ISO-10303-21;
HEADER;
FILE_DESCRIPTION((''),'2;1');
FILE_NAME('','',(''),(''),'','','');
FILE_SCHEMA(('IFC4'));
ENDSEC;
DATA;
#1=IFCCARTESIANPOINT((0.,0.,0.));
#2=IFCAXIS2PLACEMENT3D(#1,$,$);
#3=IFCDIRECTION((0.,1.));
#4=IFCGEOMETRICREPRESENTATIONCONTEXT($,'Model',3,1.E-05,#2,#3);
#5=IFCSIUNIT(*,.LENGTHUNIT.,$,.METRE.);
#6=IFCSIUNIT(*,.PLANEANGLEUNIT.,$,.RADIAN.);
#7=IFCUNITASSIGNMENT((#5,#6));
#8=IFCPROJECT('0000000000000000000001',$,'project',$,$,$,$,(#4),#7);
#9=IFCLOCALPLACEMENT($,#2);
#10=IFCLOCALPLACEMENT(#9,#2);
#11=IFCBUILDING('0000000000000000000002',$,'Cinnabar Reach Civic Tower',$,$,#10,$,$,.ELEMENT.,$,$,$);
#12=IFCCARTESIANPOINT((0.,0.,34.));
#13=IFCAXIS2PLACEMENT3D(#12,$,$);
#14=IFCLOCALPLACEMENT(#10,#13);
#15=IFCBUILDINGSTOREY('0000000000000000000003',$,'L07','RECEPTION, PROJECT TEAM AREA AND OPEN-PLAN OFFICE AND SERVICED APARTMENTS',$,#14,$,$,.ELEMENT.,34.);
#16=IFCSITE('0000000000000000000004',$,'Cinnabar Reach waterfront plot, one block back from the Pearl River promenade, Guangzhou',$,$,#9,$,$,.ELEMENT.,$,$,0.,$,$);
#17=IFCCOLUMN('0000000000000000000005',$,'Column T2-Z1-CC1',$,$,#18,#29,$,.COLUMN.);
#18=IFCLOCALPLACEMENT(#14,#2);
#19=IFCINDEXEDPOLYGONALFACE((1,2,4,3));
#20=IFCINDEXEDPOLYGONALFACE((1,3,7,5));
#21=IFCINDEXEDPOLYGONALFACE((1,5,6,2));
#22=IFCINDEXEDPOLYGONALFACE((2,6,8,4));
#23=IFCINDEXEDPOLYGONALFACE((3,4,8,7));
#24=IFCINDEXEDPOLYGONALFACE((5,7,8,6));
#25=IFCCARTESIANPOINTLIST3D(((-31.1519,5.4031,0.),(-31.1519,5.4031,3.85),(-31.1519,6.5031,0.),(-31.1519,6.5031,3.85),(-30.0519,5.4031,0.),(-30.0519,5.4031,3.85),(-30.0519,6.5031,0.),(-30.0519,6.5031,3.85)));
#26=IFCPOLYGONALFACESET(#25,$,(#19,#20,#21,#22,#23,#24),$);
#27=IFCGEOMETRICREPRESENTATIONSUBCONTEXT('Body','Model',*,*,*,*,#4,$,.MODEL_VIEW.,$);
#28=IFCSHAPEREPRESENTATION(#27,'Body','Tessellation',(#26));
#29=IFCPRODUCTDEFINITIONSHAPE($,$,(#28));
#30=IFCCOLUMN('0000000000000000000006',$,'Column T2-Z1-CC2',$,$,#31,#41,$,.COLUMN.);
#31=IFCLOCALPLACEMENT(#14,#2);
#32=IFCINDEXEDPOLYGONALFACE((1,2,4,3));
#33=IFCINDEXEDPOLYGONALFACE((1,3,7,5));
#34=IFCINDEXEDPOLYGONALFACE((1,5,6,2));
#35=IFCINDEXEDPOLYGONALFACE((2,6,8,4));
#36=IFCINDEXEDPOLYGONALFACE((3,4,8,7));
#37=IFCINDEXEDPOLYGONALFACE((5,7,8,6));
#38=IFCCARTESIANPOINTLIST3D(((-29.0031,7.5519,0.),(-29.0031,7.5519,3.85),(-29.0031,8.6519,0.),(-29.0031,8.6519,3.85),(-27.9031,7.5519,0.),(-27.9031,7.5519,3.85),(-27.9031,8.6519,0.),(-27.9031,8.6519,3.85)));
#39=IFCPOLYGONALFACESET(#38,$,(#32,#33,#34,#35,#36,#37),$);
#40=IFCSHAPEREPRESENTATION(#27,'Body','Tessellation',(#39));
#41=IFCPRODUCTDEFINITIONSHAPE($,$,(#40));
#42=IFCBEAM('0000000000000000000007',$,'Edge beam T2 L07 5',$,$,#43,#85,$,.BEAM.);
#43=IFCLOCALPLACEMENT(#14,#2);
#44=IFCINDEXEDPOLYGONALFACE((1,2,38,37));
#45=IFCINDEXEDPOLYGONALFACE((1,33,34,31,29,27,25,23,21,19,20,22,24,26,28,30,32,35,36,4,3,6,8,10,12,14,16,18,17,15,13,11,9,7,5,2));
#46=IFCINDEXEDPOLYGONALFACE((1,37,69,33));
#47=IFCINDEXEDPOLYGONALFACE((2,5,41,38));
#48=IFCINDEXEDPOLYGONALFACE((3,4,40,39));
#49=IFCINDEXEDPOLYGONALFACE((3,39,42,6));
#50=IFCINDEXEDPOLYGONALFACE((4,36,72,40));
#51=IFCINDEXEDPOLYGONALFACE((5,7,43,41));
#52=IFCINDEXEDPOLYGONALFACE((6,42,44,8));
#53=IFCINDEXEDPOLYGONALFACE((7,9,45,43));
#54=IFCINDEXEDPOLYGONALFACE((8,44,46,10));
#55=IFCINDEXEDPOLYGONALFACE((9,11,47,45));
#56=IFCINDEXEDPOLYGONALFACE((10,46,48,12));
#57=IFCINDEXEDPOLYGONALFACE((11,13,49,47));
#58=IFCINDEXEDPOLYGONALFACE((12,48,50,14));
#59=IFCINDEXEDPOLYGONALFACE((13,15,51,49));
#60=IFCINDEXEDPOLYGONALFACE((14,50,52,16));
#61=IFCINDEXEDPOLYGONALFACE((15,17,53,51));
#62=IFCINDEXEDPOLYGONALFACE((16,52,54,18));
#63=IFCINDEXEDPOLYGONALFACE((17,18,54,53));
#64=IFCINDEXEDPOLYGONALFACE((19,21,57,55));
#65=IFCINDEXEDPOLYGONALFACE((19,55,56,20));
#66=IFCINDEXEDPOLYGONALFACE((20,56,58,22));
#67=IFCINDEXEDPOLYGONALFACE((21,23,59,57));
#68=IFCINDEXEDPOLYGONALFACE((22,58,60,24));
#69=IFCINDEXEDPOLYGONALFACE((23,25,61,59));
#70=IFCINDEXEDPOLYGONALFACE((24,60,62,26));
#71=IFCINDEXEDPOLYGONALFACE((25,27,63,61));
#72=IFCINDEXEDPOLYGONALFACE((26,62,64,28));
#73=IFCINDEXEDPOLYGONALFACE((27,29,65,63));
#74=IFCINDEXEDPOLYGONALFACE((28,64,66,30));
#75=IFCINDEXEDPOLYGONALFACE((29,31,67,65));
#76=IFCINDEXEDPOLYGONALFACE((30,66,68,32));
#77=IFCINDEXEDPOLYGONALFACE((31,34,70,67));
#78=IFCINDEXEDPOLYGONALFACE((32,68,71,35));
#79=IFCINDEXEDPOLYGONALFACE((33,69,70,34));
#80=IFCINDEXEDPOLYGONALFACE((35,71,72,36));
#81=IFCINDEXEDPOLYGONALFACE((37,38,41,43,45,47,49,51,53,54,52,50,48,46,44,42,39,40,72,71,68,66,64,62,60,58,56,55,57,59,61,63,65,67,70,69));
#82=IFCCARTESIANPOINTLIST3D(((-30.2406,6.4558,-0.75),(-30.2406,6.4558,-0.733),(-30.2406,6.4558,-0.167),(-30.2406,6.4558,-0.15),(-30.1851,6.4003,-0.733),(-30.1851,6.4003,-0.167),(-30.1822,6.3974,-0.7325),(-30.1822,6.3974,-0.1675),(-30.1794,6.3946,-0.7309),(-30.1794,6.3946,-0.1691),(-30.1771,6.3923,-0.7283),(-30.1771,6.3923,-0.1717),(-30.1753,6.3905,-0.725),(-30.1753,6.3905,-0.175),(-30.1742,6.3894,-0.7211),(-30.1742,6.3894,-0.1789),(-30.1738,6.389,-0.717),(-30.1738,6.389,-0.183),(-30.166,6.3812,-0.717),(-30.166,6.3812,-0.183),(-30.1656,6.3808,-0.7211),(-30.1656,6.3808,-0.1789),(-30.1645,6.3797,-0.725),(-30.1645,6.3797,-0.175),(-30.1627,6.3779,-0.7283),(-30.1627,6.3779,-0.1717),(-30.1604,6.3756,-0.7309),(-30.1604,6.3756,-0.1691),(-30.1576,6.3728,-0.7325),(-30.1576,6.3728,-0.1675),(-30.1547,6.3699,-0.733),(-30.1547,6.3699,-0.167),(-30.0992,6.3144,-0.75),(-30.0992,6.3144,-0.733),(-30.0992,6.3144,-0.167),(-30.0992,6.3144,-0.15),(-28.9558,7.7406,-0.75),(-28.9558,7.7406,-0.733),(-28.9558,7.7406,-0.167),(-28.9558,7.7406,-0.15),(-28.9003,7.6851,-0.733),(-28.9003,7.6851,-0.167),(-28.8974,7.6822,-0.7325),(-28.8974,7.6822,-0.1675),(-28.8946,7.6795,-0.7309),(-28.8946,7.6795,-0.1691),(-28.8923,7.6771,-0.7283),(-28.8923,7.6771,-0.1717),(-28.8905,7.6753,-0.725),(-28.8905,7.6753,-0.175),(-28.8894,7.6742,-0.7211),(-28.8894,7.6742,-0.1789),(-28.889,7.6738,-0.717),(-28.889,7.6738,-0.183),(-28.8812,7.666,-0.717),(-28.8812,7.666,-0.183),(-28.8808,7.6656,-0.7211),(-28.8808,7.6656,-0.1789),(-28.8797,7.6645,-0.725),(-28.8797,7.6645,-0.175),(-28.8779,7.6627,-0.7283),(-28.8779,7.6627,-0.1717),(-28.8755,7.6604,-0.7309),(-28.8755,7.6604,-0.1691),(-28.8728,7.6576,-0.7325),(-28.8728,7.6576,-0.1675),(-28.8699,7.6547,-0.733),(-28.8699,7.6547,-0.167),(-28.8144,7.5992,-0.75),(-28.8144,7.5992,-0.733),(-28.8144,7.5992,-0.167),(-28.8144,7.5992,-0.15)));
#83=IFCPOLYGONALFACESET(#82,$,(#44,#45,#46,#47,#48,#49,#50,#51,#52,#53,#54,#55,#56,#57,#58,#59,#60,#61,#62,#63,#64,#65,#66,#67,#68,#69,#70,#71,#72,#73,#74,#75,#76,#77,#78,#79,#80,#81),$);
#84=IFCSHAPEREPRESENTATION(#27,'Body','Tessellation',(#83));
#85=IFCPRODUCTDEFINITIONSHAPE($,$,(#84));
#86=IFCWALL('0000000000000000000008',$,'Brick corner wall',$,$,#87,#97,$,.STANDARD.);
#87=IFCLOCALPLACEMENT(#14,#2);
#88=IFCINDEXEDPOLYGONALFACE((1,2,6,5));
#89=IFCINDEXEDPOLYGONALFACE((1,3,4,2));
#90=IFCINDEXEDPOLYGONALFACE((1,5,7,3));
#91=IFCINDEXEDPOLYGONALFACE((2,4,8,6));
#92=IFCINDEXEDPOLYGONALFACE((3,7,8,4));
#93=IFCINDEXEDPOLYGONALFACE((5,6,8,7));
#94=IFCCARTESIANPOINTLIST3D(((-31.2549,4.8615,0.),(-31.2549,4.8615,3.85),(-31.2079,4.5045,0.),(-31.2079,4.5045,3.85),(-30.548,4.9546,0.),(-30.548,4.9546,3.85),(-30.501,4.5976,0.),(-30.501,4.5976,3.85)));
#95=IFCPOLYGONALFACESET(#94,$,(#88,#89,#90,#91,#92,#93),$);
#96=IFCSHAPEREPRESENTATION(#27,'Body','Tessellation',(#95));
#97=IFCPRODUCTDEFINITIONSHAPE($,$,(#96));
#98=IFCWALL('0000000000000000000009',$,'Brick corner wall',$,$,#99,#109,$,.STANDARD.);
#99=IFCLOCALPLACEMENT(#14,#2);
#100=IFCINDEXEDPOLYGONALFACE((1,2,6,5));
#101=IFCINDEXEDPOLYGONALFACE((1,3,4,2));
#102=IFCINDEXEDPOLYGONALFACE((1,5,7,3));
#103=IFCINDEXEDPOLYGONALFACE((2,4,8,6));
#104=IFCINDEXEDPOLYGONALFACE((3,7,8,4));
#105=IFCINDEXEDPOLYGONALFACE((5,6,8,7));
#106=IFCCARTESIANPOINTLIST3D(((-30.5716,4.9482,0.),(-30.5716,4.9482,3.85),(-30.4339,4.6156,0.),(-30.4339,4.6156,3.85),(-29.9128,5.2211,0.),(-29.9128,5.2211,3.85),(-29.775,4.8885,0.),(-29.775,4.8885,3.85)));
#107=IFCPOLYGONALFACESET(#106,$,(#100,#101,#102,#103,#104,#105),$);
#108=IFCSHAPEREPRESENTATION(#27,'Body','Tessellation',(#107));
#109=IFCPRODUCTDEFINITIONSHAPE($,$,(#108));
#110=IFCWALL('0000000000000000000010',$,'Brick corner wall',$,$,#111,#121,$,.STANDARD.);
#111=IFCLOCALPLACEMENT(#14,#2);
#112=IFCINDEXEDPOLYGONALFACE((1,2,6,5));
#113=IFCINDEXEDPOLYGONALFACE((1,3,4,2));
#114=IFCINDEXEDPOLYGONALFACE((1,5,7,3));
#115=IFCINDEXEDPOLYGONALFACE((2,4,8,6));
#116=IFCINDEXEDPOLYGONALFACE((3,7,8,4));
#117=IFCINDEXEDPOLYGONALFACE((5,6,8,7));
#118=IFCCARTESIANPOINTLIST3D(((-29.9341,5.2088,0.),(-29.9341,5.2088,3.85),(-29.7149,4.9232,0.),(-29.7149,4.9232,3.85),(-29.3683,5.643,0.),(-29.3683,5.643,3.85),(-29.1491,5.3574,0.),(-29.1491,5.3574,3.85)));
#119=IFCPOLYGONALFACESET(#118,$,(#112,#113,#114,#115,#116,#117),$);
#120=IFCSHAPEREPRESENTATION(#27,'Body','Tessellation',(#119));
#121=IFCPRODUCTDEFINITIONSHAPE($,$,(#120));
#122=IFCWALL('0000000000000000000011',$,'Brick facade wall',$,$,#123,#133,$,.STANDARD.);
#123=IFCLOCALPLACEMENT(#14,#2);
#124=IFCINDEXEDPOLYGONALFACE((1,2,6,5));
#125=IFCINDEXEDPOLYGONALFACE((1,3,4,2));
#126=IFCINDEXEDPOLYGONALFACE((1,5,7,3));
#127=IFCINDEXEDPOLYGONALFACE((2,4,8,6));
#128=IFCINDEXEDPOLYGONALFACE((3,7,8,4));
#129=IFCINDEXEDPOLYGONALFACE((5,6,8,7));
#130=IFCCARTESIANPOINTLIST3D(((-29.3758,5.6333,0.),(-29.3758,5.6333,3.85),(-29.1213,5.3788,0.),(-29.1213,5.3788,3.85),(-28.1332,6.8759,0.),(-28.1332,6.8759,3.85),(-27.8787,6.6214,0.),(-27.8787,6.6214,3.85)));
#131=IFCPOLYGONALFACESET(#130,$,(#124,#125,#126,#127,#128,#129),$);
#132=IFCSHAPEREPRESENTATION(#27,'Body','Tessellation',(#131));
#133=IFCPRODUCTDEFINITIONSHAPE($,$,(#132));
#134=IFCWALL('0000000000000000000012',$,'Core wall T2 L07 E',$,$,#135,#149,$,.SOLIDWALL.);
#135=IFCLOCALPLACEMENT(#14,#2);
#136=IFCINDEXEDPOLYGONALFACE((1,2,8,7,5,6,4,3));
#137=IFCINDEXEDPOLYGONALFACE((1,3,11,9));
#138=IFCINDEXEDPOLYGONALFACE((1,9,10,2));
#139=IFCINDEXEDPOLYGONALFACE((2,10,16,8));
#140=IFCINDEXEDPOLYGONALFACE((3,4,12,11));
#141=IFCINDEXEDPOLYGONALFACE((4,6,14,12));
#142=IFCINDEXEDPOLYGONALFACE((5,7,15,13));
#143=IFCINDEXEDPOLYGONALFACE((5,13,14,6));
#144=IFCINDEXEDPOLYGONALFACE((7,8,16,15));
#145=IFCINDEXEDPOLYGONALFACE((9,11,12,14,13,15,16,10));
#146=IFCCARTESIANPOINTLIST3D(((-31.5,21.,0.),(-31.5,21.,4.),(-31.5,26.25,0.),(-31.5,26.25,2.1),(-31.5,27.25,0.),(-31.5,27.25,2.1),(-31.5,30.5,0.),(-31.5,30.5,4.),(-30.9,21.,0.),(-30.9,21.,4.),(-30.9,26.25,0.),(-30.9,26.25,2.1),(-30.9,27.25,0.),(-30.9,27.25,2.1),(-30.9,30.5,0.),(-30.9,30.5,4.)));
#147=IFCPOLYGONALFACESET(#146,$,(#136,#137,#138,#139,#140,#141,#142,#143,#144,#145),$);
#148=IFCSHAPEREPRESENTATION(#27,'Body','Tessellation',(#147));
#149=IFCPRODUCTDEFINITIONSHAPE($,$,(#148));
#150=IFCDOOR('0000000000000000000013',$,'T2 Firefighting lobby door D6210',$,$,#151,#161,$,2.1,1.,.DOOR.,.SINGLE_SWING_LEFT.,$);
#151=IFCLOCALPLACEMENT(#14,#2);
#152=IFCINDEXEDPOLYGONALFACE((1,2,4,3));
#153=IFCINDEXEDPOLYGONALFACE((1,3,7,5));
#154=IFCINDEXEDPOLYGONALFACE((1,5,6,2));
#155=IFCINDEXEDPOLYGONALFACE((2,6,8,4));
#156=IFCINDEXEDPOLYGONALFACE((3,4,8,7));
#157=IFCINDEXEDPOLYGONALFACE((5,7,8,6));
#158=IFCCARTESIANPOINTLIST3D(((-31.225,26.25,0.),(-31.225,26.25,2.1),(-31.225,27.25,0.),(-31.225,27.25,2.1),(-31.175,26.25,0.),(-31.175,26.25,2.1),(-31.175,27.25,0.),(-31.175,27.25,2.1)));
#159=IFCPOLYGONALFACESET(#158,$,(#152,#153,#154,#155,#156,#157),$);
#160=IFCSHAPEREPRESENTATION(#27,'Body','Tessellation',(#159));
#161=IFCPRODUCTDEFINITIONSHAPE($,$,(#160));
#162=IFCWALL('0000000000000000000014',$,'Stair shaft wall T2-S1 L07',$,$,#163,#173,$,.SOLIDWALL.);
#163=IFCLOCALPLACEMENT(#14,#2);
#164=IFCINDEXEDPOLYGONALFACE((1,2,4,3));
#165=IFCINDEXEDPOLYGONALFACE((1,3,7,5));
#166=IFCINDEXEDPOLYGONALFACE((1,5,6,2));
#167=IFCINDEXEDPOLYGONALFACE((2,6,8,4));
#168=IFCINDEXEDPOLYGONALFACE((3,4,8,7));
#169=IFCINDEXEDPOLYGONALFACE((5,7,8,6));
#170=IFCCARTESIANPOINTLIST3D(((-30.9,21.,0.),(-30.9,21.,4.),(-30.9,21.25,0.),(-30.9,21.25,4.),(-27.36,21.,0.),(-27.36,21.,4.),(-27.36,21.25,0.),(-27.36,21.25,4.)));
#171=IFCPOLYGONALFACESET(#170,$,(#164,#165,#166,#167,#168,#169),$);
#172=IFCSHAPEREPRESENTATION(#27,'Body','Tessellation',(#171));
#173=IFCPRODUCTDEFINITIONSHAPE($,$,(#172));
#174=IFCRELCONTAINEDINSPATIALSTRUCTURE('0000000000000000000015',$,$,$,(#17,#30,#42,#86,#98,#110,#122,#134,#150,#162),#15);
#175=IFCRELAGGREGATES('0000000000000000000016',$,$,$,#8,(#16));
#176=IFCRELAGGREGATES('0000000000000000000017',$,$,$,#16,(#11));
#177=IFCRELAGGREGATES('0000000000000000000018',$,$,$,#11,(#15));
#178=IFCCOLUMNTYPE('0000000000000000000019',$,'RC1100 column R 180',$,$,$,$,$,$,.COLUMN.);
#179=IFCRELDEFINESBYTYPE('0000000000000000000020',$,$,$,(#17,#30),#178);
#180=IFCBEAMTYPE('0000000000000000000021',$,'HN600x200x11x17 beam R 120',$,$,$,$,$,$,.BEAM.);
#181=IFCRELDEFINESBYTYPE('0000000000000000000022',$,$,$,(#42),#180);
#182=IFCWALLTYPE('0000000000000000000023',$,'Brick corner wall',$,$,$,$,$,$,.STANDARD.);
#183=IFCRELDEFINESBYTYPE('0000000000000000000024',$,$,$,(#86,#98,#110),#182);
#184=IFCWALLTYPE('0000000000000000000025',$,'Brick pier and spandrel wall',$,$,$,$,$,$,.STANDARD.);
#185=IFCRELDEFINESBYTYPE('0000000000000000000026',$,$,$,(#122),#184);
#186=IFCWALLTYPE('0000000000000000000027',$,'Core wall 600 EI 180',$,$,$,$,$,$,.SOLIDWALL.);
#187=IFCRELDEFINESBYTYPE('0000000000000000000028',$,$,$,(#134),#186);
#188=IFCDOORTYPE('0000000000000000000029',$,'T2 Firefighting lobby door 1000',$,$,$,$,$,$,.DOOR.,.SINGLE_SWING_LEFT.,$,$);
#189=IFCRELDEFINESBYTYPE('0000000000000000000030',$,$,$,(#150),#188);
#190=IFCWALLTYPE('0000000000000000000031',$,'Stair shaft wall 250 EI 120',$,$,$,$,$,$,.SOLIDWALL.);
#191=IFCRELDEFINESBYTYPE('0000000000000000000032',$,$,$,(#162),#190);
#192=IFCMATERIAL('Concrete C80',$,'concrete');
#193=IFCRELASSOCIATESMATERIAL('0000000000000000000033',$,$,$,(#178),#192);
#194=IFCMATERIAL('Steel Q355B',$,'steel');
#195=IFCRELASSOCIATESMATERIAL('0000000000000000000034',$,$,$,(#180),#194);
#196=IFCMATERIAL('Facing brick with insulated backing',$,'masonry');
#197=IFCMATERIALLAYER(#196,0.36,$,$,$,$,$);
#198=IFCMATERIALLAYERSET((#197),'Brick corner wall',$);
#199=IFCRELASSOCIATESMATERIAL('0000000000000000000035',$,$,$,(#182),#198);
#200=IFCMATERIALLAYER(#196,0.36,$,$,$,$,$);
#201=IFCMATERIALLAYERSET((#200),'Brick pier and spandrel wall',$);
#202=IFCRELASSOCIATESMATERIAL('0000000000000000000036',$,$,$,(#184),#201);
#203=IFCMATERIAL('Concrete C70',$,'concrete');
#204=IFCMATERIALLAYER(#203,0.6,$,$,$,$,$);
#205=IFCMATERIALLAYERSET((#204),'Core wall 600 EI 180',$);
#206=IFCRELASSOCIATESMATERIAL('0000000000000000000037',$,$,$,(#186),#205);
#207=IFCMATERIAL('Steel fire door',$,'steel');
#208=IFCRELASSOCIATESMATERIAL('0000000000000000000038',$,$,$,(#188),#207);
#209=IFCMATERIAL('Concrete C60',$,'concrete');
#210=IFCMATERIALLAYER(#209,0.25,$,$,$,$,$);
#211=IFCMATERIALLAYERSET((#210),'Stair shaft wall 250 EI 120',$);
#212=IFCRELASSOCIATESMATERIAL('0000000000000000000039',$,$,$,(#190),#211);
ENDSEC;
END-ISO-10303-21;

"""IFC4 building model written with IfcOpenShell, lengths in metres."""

from ifc_helpers import new_model, si_unit, direction, frame, frame_2d, origin, origin_2d, place, context, subcontext, project, spatial, rectangle, i_section, extrude, material, layer, layer_set, material_profile, profile_set, type_object, element, fill, save


model = new_model("IFC4")

# Units and contexts
model_context = context("Model", 3, precision=1e-05, world=origin(), true_north=direction((0.0, 1.0)))
body_context = subcontext(model_context, "Body", "Model", "MODEL_VIEW")
ifc_project = project(units=[si_unit("LENGTHUNIT", "METRE"), si_unit("PLANEANGLEUNIT", "RADIAN")], contexts=[model_context])

# Site, building, storey
site_placement = place(None, origin())
site = spatial("IfcSite", under=ifc_project, at=site_placement, Name="Cinnabar Reach waterfront plot, one block back from the Pearl River promenade, Guangzhou", CompositionType="ELEMENT", RefElevation=0.0)
building_placement = place(site_placement, origin())
building = spatial("IfcBuilding", under=site, at=building_placement, Name="Cinnabar Reach Civic Tower", CompositionType="ELEMENT")
storey_placement = place(building_placement, frame((0.0, 0.0, 34.0)))
storey = spatial("IfcBuildingStorey", under=building, at=storey_placement, Name="L07", Description="RECEPTION, PROJECT TEAM AREA AND OPEN-PLAN OFFICE AND SERVICED APARTMENTS", CompositionType="ELEMENT", Elevation=34.0)

# Columns
ifc_material_1 = material(Name="Concrete C80", Category="concrete")
ifc_material_profile_1 = material_profile(ifc_material_1, rectangle(XDim=1.1, YDim=1.1, at=origin_2d()), Name="RC1100")
ifc_profile_set_1 = profile_set([ifc_material_profile_1], Name="Concrete C80")
column_type = type_object("IfcColumnType", Name="RC1100 column R 180", PredefinedType="COLUMN", material=ifc_profile_set_1)
for number, where, z_axis, x_axis, name in (
    (1, (-30.6019, 5.9531, 0.0), (0.0, 0.0, 1.0), (1.0, 0.0, 0.0), "Column T2-Z1-CC1"),
    (2, (-28.4531, 8.1019, 0.0), (0.0, 0.0, 1.0), (1.0, 0.0, 0.0), "Column T2-Z1-CC2"),
):
    element("IfcColumn", number, at=place(storey_placement, frame(where, z_axis=z_axis, x_axis=x_axis)), inside=storey, type_object=column_type, Name=name, PredefinedType="COLUMN", context=body_context, shape_type="SweptSolid", body=[
        extrude(rectangle(XDim=1.1, YDim=1.1, at=origin_2d()), origin(), (0.0, 0.0, 1.0), 3.85),
    ])

# Beam
ifc_material_2 = material(Name="Steel Q355B", Category="steel")
ifc_material_profile_2 = material_profile(ifc_material_2, i_section(OverallWidth=0.2, OverallDepth=0.6, WebThickness=0.011, FlangeThickness=0.017, FilletRadius=0.016, at=origin_2d()), Name="HN600x200x11x17")
ifc_profile_set_2 = profile_set([ifc_material_profile_2], Name="Steel Q355B")
beam_type = type_object("IfcBeamType", Name="HN600x200x11x17 beam R 120", PredefinedType="BEAM", material=ifc_profile_set_2)
beam_placement = place(storey_placement, frame((-30.1699, 6.3851, -0.45), z_axis=(0.707107, 0.707107, 0.0), x_axis=(-0.707107, 0.707107, 0.0)))
element("IfcBeam", 3, at=beam_placement, inside=storey, type_object=beam_type, Name="Edge beam T2 L07 5", PredefinedType="BEAM", context=body_context, shape_type="SweptSolid", body=[
    extrude(i_section(OverallWidth=0.2, OverallDepth=0.6, WebThickness=0.011, FlangeThickness=0.017, FilletRadius=0.016, at=origin_2d()), origin(), (0.0, 0.0, 1.0), 1.817),
])

# Walls
ifc_material_3 = material(Name="Facing brick with insulated backing", Category="masonry")
ifc_layer_1 = layer(ifc_material_3, 0.36)
ifc_layer_set_1 = layer_set([ifc_layer_1], Name="Brick corner wall")
wall_type_1 = type_object("IfcWallType", Name="Brick corner wall", PredefinedType="STANDARD", material=ifc_layer_set_1)
for number, where, z_axis, x_axis, name in (
    (4, (-31.2314, 4.683, 0.0), (0.0, 0.0, 1.0), (0.991441, 0.130556, 0.0), "Brick corner wall"),
    (5, (-30.5027, 4.7819, 0.0), (0.0, 0.0, 1.0), (0.923872, 0.382703, 0.0), "Brick corner wall"),
):
    element("IfcWall", number, at=place(storey_placement, frame(where, z_axis=z_axis, x_axis=x_axis)), inside=storey, type_object=wall_type_1, Name=name, PredefinedType="STANDARD", context=body_context, shape_type="SweptSolid", body=[
        extrude(rectangle(XDim=0.7131, YDim=0.36, at=frame_2d((0.3565, 0.0))), origin(), (0.0, 0.0, 1.0), 3.85),
    ])
wall_1_placement = place(storey_placement, frame((-29.8245, 5.066, 0.0), z_axis=(0.0, 0.0, 1.0), x_axis=(0.793322, 0.608802, 0.0)))
element("IfcWall", 6, at=wall_1_placement, inside=storey, type_object=wall_type_1, Name="Brick corner wall", PredefinedType="STANDARD", context=body_context, shape_type="SweptSolid", body=[
    extrude(rectangle(XDim=0.7132, YDim=0.36, at=frame_2d((0.3566, 0.0))), origin(), (0.0, 0.0, 1.0), 3.85),
])
ifc_layer_2 = layer(ifc_material_3, 0.36)
ifc_layer_set_2 = layer_set([ifc_layer_2], Name="Brick pier and spandrel wall")
wall_type_2 = type_object("IfcWallType", Name="Brick pier and spandrel wall", PredefinedType="STANDARD", material=ifc_layer_set_2)
wall_2_placement = place(storey_placement, frame((-29.2486, 5.506, 0.0), z_axis=(0.0, 0.0, 1.0), x_axis=(0.707107, 0.707107, 0.0)))
element("IfcWall", 7, at=wall_2_placement, inside=storey, type_object=wall_type_2, Name="Brick facade wall", PredefinedType="STANDARD", context=body_context, shape_type="SweptSolid", body=[
    extrude(rectangle(XDim=1.7573, YDim=0.36, at=frame_2d((0.8787, 0.0))), origin(), (0.0, 0.0, 1.0), 3.85),
])

# Wall, opening, door
ifc_material_4 = material(Name="Concrete C70", Category="concrete")
ifc_layer_3 = layer(ifc_material_4, 0.6)
ifc_layer_set_3 = layer_set([ifc_layer_3], Name="Core wall 600 EI 180")
wall_type_3 = type_object("IfcWallType", Name="Core wall 600 EI 180", PredefinedType="SOLIDWALL", material=ifc_layer_set_3)
wall_3_placement = place(storey_placement, frame((-31.2, 21.0, 0.0), z_axis=(0.0, 0.0, 1.0), x_axis=(0.0, 1.0, 0.0)))
wall_3 = element("IfcWall", 8, at=wall_3_placement, inside=storey, type_object=wall_type_3, Name="Core wall T2 L07 E", PredefinedType="SOLIDWALL", context=body_context, shape_type="SweptSolid", body=[
    extrude(rectangle(XDim=9.5, YDim=0.6, at=frame_2d((4.75, 0.0))), origin(), (0.0, 0.0, 1.0), 4.0),
])
opening_1_placement = place(wall_3_placement, frame((5.25, 0.0, 0.0)))
opening_1 = element("IfcOpeningElement", 9, at=opening_1_placement, cuts=wall_3, PredefinedType="OPENING", context=body_context, shape_type="SweptSolid", body=[
    extrude(rectangle(XDim=1.0, YDim=2.1, at=frame_2d((0.5, 1.05))), frame((0.0, 0.31, 0.0), z_axis=(0.0, -1.0, 0.0), x_axis=(1.0, 0.0, 0.0)), (0.0, 0.0, 1.0), 0.62),
])
ifc_material_5 = material(Name="Steel fire door", Category="steel")
door_type_1 = type_object("IfcDoorType", Name="T2 Firefighting lobby door 1000", OperationType="SINGLE_SWING_LEFT", PredefinedType="DOOR", material=ifc_material_5)
door_1_placement = place(opening_1_placement, frame((1.0, 0.0, 0.0), z_axis=(0.0, 0.0, 1.0), x_axis=(-1.0, 0.0, 0.0)))
door_1 = element("IfcDoor", 10, at=door_1_placement, inside=storey, type_object=door_type_1, Name="T2 Firefighting lobby door D6210", OperationType="SINGLE_SWING_LEFT", OverallHeight=2.1, OverallWidth=1.0, PredefinedType="DOOR", context=body_context, shape_type="SweptSolid", body=[
    extrude(rectangle(XDim=1.0, YDim=2.1, at=frame_2d((0.5, 1.05))), frame((0.0, 0.025, 0.0), z_axis=(0.0, -1.0, 0.0), x_axis=(1.0, 0.0, 0.0)), (0.0, 0.0, 1.0), 0.05),
])
fill(opening_1, door_1)

# Wall
ifc_material_6 = material(Name="Concrete C60", Category="concrete")
ifc_layer_4 = layer(ifc_material_6, 0.25)
ifc_layer_set_4 = layer_set([ifc_layer_4], Name="Stair shaft wall 250 EI 120")
wall_type_4 = type_object("IfcWallType", Name="Stair shaft wall 250 EI 120", PredefinedType="SOLIDWALL", material=ifc_layer_set_4)
wall_4_placement = place(storey_placement, frame((-30.9, 21.125, 0.0), z_axis=(0.0, 0.0, 1.0), x_axis=(1.0, 0.0, 0.0)))
element("IfcWall", 11, at=wall_4_placement, inside=storey, type_object=wall_type_4, Name="Stair shaft wall T2-S1 L07", PredefinedType="SOLIDWALL", context=body_context, shape_type="SweptSolid", body=[
    extrude(rectangle(XDim=3.54, YDim=0.25, at=frame_2d((1.77, 0.0))), origin(), (0.0, 0.0, 1.0), 4.0),
])

save(model, "model.ifc")
